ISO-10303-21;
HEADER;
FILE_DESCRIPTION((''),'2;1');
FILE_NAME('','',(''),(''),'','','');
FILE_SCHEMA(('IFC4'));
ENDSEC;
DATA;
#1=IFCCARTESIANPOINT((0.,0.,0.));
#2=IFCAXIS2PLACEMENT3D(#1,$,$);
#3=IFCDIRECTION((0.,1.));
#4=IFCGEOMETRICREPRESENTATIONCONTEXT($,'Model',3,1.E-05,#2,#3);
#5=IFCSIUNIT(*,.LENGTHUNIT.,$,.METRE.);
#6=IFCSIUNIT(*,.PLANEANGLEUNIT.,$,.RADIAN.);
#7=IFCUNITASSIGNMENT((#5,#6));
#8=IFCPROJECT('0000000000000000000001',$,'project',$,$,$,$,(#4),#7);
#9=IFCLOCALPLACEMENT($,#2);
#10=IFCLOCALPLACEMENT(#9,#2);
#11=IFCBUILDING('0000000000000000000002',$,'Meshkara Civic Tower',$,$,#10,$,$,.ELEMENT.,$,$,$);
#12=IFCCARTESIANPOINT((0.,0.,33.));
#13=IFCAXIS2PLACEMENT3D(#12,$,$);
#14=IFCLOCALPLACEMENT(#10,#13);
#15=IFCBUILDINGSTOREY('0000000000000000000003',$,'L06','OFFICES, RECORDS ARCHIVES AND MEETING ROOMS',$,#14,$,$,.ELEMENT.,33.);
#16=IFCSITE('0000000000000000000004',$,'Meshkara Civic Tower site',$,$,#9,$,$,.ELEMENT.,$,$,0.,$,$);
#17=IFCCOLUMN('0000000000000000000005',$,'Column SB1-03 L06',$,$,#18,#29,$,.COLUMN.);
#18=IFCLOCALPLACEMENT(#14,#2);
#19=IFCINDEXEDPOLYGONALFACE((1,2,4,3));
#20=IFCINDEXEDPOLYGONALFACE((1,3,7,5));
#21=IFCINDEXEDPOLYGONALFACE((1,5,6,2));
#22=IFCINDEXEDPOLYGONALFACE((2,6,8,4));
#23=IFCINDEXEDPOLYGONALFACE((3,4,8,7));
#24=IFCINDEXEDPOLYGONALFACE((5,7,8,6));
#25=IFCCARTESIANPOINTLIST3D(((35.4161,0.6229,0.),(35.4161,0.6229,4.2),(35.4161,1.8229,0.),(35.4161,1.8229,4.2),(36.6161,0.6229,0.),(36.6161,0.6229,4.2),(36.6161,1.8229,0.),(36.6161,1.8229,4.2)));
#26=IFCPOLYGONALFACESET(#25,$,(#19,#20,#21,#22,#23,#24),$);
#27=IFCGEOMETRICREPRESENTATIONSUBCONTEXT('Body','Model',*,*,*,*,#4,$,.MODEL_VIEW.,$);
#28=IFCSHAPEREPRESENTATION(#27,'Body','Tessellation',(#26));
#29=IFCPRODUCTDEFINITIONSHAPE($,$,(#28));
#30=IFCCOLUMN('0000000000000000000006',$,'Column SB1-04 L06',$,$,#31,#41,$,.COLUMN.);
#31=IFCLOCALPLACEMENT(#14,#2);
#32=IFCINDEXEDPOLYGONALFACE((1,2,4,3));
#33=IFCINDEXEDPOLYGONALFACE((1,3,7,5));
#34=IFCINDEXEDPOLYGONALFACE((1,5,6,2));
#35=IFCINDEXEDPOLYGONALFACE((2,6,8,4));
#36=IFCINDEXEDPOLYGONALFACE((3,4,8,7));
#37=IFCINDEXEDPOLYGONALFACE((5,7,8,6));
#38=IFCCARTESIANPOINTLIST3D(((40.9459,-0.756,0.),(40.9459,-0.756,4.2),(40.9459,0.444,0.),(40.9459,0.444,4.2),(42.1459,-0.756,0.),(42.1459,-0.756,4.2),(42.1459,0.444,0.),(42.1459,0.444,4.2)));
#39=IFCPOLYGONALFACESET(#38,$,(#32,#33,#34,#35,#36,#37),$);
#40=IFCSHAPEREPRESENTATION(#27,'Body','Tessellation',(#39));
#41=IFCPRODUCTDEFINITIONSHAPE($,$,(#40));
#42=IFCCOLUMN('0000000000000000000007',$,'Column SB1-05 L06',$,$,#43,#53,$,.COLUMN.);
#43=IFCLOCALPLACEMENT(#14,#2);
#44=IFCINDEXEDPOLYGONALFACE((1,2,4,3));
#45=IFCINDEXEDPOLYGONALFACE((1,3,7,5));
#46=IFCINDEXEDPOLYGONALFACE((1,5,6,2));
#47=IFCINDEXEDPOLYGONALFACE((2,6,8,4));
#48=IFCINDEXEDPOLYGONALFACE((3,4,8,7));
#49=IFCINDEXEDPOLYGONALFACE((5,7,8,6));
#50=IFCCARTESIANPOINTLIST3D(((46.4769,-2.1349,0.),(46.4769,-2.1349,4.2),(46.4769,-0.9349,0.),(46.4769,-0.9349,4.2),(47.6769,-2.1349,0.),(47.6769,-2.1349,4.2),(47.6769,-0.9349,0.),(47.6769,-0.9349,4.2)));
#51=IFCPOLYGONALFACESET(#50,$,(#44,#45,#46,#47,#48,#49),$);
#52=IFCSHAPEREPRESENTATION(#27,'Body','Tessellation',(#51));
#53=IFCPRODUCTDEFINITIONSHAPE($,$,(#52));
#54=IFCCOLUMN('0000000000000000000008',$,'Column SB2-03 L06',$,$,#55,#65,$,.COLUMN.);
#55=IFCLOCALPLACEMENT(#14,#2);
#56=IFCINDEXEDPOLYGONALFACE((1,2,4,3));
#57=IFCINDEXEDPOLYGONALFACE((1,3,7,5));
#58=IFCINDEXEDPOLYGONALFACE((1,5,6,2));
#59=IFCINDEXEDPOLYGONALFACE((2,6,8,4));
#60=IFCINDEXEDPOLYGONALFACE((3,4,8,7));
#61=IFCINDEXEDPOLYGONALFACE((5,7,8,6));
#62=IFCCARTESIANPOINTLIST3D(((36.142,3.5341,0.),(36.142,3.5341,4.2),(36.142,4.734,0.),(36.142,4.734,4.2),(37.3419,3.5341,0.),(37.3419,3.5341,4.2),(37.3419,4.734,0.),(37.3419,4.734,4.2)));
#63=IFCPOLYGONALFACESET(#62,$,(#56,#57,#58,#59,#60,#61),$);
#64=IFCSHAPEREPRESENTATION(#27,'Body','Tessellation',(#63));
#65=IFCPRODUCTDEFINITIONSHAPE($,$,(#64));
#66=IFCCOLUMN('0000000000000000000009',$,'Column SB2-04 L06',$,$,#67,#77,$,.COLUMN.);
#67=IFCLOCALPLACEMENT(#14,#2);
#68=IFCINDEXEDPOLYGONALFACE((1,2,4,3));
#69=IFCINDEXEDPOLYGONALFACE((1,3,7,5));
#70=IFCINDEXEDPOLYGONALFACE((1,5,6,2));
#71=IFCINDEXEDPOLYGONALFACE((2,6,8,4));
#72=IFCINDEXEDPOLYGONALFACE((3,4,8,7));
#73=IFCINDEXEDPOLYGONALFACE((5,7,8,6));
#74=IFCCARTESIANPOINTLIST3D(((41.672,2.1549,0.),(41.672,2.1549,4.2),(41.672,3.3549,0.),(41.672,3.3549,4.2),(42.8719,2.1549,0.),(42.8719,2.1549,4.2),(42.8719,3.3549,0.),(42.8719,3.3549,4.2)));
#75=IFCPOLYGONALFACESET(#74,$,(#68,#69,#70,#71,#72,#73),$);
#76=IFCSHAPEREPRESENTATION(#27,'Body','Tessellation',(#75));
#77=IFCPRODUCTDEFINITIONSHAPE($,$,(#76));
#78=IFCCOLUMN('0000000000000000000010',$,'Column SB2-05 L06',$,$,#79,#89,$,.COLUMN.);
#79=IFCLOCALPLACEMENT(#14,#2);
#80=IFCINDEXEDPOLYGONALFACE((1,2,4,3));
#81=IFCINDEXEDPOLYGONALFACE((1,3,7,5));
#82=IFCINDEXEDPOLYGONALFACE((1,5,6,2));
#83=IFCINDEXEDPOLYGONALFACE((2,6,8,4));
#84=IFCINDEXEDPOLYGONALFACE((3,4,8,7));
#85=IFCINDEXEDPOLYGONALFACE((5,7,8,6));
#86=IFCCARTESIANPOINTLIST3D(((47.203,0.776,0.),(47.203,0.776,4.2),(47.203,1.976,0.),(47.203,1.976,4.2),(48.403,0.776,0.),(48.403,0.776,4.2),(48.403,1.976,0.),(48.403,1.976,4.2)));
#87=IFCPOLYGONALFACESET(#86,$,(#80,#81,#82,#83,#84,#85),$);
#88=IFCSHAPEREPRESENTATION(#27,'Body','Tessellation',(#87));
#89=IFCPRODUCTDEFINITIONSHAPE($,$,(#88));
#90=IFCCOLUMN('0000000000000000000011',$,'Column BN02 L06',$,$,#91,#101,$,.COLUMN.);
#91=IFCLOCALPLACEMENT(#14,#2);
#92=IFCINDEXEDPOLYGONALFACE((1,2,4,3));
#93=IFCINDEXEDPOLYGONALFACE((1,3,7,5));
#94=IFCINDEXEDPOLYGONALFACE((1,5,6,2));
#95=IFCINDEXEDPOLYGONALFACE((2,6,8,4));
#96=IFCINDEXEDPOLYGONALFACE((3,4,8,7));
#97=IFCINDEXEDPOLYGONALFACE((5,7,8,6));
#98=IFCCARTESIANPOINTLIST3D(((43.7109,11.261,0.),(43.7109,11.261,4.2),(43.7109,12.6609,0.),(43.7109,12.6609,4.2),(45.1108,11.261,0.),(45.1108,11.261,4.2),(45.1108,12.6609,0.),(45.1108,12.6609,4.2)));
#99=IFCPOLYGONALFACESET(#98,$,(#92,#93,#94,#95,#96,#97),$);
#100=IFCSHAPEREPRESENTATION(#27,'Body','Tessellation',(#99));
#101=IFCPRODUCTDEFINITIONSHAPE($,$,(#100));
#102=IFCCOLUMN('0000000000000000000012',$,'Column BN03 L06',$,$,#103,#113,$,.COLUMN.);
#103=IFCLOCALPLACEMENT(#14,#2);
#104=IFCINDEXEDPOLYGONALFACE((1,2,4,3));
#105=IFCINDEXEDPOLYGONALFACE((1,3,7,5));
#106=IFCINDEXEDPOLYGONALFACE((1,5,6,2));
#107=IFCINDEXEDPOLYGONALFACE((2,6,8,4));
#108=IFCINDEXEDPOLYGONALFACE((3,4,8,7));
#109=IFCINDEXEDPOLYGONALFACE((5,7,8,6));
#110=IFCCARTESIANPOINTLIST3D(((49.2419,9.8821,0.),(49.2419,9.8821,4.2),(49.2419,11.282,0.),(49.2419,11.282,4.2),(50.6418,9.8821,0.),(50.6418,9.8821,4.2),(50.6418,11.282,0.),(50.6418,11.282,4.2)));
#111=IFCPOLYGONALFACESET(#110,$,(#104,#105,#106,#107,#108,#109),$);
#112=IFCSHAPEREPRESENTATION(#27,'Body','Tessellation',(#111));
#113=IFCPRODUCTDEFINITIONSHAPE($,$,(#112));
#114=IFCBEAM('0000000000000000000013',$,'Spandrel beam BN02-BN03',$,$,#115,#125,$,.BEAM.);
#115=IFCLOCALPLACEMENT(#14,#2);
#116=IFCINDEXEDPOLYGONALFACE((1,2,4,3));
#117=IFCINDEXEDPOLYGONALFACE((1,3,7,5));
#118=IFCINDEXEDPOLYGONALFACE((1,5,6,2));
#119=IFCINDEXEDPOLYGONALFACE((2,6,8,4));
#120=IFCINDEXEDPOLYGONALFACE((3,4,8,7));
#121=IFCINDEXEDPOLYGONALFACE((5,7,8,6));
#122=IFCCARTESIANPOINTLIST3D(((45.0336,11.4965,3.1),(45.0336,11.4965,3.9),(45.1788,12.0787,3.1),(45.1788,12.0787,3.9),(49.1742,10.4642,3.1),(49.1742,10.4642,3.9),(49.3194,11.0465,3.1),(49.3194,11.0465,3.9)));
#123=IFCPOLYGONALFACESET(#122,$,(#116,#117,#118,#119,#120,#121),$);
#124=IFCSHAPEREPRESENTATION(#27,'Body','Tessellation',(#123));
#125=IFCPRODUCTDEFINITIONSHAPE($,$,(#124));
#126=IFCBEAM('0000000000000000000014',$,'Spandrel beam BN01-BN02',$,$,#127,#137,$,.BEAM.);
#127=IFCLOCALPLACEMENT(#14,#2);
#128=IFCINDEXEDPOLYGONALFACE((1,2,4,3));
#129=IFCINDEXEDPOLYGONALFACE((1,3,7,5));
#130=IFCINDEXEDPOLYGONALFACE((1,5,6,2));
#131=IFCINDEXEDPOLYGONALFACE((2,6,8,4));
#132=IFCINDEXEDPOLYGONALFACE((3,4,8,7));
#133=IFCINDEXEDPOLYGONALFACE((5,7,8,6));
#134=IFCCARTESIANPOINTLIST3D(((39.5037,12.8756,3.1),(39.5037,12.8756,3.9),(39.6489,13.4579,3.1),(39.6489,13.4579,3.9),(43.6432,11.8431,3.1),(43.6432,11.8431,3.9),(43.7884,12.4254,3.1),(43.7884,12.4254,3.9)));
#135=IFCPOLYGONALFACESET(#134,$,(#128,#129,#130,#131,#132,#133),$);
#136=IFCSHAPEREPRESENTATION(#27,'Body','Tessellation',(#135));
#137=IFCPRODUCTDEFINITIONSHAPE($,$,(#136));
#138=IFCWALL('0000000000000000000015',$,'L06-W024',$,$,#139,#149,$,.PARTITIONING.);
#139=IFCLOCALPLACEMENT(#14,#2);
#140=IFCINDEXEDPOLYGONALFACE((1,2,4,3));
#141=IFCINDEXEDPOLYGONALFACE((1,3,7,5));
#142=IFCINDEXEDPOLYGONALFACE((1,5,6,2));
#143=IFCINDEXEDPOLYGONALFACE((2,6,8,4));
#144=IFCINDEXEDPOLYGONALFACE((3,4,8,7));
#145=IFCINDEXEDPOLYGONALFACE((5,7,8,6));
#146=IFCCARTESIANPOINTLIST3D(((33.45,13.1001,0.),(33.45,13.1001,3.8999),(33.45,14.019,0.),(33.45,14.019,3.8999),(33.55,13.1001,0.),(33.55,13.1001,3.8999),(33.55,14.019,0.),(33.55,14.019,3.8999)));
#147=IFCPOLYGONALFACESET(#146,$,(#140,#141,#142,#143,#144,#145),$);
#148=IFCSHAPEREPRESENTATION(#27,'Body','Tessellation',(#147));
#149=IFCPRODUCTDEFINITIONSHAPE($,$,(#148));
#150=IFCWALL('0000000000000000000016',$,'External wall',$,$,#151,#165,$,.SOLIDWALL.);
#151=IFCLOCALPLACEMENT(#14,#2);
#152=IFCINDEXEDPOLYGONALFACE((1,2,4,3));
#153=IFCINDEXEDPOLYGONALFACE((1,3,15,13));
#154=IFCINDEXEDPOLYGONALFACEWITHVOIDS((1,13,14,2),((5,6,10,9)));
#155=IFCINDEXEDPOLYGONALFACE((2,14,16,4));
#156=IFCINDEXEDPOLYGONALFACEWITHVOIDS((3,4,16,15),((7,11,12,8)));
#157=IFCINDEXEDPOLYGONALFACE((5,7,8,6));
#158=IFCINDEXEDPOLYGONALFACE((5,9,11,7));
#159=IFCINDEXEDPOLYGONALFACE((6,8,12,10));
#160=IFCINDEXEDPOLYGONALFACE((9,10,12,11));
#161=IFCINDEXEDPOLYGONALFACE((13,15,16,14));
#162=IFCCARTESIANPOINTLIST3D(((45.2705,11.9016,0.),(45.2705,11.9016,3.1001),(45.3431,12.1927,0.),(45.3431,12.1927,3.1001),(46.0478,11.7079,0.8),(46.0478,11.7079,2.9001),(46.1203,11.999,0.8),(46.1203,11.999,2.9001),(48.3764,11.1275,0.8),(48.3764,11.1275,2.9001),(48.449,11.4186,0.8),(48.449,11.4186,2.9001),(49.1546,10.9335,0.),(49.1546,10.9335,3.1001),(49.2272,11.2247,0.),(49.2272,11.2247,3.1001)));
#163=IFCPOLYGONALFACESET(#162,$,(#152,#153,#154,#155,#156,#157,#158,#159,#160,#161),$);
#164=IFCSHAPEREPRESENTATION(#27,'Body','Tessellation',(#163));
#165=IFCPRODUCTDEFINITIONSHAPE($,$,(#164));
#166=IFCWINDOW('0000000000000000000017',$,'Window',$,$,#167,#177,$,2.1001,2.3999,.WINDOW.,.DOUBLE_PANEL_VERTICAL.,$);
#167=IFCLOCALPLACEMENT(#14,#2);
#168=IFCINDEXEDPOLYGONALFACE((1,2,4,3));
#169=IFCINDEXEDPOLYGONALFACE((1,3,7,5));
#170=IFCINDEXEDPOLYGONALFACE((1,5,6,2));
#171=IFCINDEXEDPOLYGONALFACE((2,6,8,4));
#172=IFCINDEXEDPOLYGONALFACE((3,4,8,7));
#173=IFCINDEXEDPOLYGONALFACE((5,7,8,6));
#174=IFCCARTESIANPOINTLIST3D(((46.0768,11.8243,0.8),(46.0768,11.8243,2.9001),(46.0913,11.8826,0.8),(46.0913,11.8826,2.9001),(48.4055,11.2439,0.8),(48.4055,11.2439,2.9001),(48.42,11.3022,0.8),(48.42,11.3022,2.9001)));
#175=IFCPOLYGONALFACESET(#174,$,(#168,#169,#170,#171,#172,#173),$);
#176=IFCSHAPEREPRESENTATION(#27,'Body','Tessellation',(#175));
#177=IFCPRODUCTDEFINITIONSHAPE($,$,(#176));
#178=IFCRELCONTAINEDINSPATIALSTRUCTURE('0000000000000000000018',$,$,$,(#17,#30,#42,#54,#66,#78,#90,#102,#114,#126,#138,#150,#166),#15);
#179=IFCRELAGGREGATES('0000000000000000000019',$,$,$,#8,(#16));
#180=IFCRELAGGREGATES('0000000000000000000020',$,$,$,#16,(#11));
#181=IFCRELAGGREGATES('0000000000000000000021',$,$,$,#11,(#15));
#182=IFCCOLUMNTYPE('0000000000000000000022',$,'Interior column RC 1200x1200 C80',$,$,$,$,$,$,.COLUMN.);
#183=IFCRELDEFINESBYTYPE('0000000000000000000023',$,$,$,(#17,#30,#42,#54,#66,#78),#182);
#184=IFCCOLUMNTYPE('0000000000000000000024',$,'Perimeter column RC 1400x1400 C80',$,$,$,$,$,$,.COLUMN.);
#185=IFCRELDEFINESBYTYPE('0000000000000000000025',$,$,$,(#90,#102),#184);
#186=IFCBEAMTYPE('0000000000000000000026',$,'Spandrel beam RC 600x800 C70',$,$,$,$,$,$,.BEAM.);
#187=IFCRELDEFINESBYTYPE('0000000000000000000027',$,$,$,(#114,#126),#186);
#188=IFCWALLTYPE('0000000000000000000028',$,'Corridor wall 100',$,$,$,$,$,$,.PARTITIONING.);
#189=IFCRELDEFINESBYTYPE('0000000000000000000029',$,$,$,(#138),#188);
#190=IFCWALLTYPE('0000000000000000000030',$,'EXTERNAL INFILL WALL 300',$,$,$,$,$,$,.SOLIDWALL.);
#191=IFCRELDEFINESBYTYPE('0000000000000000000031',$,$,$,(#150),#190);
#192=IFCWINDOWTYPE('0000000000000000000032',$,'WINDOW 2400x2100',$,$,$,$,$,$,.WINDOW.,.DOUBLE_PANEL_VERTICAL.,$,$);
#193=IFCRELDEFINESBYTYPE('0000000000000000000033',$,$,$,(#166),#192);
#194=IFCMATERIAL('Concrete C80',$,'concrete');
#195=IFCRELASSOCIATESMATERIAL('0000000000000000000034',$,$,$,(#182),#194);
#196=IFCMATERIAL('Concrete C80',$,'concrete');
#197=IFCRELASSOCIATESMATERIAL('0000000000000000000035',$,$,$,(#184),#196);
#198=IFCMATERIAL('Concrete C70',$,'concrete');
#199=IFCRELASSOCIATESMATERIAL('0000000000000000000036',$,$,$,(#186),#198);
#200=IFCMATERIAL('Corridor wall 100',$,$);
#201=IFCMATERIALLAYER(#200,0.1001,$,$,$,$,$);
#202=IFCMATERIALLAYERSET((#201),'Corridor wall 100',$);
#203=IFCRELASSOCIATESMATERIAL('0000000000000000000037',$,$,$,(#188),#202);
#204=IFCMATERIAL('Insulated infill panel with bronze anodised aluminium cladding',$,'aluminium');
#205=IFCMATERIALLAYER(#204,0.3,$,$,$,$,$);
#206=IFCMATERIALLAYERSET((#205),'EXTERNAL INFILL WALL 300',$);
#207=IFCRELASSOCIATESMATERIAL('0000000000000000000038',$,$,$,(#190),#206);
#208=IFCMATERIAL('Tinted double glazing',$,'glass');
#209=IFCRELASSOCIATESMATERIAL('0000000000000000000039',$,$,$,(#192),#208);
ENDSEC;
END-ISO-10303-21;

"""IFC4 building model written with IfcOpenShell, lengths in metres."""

from ifc_helpers import new_model, si_unit, direction, frame, frame_2d, origin, origin_2d, place, context, subcontext, project, spatial, rectangle, extrude, material, layer, layer_set, material_profile, profile_set, type_object, element, fill, save


model = new_model("IFC4")

# Units and contexts
model_context = context("Model", 3, precision=1e-05, world=origin(), true_north=direction((0.0, 1.0)))
body_context = subcontext(model_context, "Body", "Model", "MODEL_VIEW")
ifc_project = project(units=[si_unit("LENGTHUNIT", "METRE"), si_unit("PLANEANGLEUNIT", "RADIAN")], contexts=[model_context])

# Site, building, storey
site_placement = place(None, origin())
site = spatial("IfcSite", under=ifc_project, at=site_placement, Name="Meshkara Civic Tower site", CompositionType="ELEMENT", RefElevation=0.0)
building_placement = place(site_placement, origin())
building = spatial("IfcBuilding", under=site, at=building_placement, Name="Meshkara Civic Tower", CompositionType="ELEMENT")
storey_placement = place(building_placement, frame((0.0, 0.0, 33.0)))
storey = spatial("IfcBuildingStorey", under=building, at=storey_placement, Name="L06", Description="OFFICES, RECORDS ARCHIVES AND MEETING ROOMS", CompositionType="ELEMENT", Elevation=33.0)

# Columns
ifc_material_1 = material(Name="Concrete C80", Category="concrete")
ifc_material_profile_1 = material_profile(ifc_material_1, rectangle(XDim=1.2, YDim=1.2, at=origin_2d()))
ifc_profile_set_1 = profile_set([ifc_material_profile_1], Name="Concrete C80")
column_type_1 = type_object("IfcColumnType", Name="Interior column RC 1200x1200 C80", PredefinedType="COLUMN", material=ifc_profile_set_1)
for number, where, z_axis, x_axis, name in (
    (1, (36.0161, 1.2229, 0.0), (0.0, 0.0, 1.0), (1.0, 0.0, 0.0), "Column SB1-03 L06"),
    (2, (41.5459, -0.156, 0.0), (0.0, 0.0, 1.0), (1.0, 0.0, 0.0), "Column SB1-04 L06"),
    (3, (47.0769, -1.5349, 0.0), (0.0, 0.0, 1.0), (1.0, 0.0, 0.0), "Column SB1-05 L06"),
    (4, (36.7419, 4.134, 0.0), (0.0, 0.0, 1.0), (1.0, 0.0, 0.0), "Column SB2-03 L06"),
    (5, (42.272, 2.7549, 0.0), (0.0, 0.0, 1.0), (1.0, 0.0, 0.0), "Column SB2-04 L06"),
    (6, (47.803, 1.376, 0.0), (0.0, 0.0, 1.0), (1.0, 0.0, 0.0), "Column SB2-05 L06"),
):
    element("IfcColumn", number, at=place(storey_placement, frame(where, z_axis=z_axis, x_axis=x_axis)), inside=storey, type_object=column_type_1, Name=name, PredefinedType="COLUMN", context=body_context, shape_type="SweptSolid", body=[
        extrude(rectangle(XDim=1.2, YDim=1.2, at=origin_2d()), origin(), (0.0, 0.0, 1.0), 4.2),
    ])
ifc_material_2 = material(Name="Concrete C80", Category="concrete")
ifc_material_profile_2 = material_profile(ifc_material_2, rectangle(XDim=1.3999, YDim=1.3999, at=origin_2d()))
ifc_profile_set_2 = profile_set([ifc_material_profile_2], Name="Concrete C80")
column_type_2 = type_object("IfcColumnType", Name="Perimeter column RC 1400x1400 C80", PredefinedType="COLUMN", material=ifc_profile_set_2)
for number, where, z_axis, x_axis, name in (
    (7, (44.4109, 11.9609, 0.0), (0.0, 0.0, 1.0), (1.0, 0.0, 0.0), "Column BN02 L06"),
    (8, (49.9419, 10.582, 0.0), (0.0, 0.0, 1.0), (1.0, 0.0, 0.0), "Column BN03 L06"),
):
    element("IfcColumn", number, at=place(storey_placement, frame(where, z_axis=z_axis, x_axis=x_axis)), inside=storey, type_object=column_type_2, Name=name, PredefinedType="COLUMN", context=body_context, shape_type="SweptSolid", body=[
        extrude(rectangle(XDim=1.3999, YDim=1.3999, at=origin_2d()), origin(), (0.0, 0.0, 1.0), 4.2),
    ])

# Beams
ifc_material_3 = material(Name="Concrete C70", Category="concrete")
ifc_material_profile_3 = material_profile(ifc_material_3, rectangle(XDim=0.6001, YDim=0.8, at=origin_2d()))
ifc_profile_set_3 = profile_set([ifc_material_profile_3], Name="Concrete C70")
beam_type = type_object("IfcBeamType", Name="Spandrel beam RC 600x800 C70", PredefinedType="BEAM", material=ifc_profile_set_3)
beam_1_placement = place(storey_placement, frame((49.2468, 10.7554, 3.5), z_axis=(-0.970304, 0.241889, 0.0), x_axis=(-0.241889, -0.970304, 0.0)))
element("IfcBeam", 9, at=beam_1_placement, inside=storey, type_object=beam_type, Name="Spandrel beam BN02-BN03", PredefinedType="BEAM", context=body_context, shape_type="SweptSolid", body=[
    extrude(rectangle(XDim=0.6001, YDim=0.8, at=origin_2d()), origin(), (0.0, 0.0, 1.0), 4.2673),
])
beam_2_placement = place(storey_placement, frame((43.7158, 12.1343, 3.5), z_axis=(-0.970277, 0.241997, 0.0), x_axis=(-0.241997, -0.970277, 0.0)))
element("IfcBeam", 10, at=beam_2_placement, inside=storey, type_object=beam_type, Name="Spandrel beam BN01-BN02", PredefinedType="BEAM", context=body_context, shape_type="SweptSolid", body=[
    extrude(rectangle(XDim=0.6001, YDim=0.8, at=origin_2d()), origin(), (0.0, 0.0, 1.0), 4.2664),
])

# Wall
ifc_material_4 = material(Name="Corridor wall 100")
ifc_layer_1 = layer(ifc_material_4, 0.1001)
ifc_layer_set_1 = layer_set([ifc_layer_1], Name="Corridor wall 100")
wall_type_1 = type_object("IfcWallType", Name="Corridor wall 100", PredefinedType="PARTITIONING", material=ifc_layer_set_1)
wall_1_placement = place(storey_placement, frame((33.5, 13.1001, 0.0), z_axis=(0.0, 0.0, 1.0), x_axis=(0.0, 1.0, 0.0)))
element("IfcWall", 11, at=wall_1_placement, inside=storey, type_object=wall_type_1, Name="L06-W024", PredefinedType="PARTITIONING", context=body_context, shape_type="SweptSolid", body=[
    extrude(rectangle(XDim=0.9189, YDim=0.1001, at=frame_2d((0.4595, 0.0))), origin(), (0.0, 0.0, 1.0), 3.8999),
])

# Wall, opening, window
ifc_material_5 = material(Name="Insulated infill panel with bronze anodised aluminium cladding", Category="aluminium")
ifc_layer_2 = layer(ifc_material_5, 0.3)
ifc_layer_set_2 = layer_set([ifc_layer_2], Name="EXTERNAL INFILL WALL 300")
wall_type_2 = type_object("IfcWallType", Name="EXTERNAL INFILL WALL 300", PredefinedType="SOLIDWALL", material=ifc_layer_set_2)
wall_2_placement = place(storey_placement, frame((49.1909, 11.0791, 0.0), z_axis=(0.0, 0.0, 1.0), x_axis=(-0.970318, 0.241832, 0.0)))
wall_2 = element("IfcWall", 12, at=wall_2_placement, inside=storey, type_object=wall_type_2, Name="External wall", PredefinedType="SOLIDWALL", context=body_context, shape_type="SweptSolid", body=[
    extrude(rectangle(XDim=4.0029, YDim=0.3, at=frame_2d((2.0015, 0.0))), origin(), (0.0, 0.0, 1.0), 3.1001),
])
opening_1_placement = place(wall_2_placement, frame((0.802, 0.0, 0.8)))
opening_1 = element("IfcOpeningElement", 13, at=opening_1_placement, cuts=wall_2, PredefinedType="OPENING", context=body_context, shape_type="SweptSolid", body=[
    extrude(rectangle(XDim=2.3999, YDim=2.1001, at=frame_2d((1.2, 1.05))), frame((0.0, 0.1599, 0.0), z_axis=(0.0, -1.0, 0.0), x_axis=(1.0, 0.0, 0.0)), (0.0, 0.0, 1.0), 0.3201),
])
ifc_material_6 = material(Name="Tinted double glazing", Category="glass")
window_type = type_object("IfcWindowType", Name="WINDOW 2400x2100", PartitioningType="DOUBLE_PANEL_VERTICAL", PredefinedType="WINDOW", material=ifc_material_6)
window_1_placement = place(opening_1_placement, origin())
window_1 = element("IfcWindow", 14, at=window_1_placement, inside=storey, type_object=window_type, Name="Window", OverallHeight=2.1001, OverallWidth=2.3999, PartitioningType="DOUBLE_PANEL_VERTICAL", PredefinedType="WINDOW", context=body_context, shape_type="SweptSolid", body=[
    extrude(rectangle(XDim=2.3999, YDim=2.1001, at=frame_2d((1.2, 1.05))), frame((0.0, 0.03, 0.0), z_axis=(0.0, -1.0, 0.0), x_axis=(1.0, 0.0, 0.0)), (0.0, 0.0, 1.0), 0.0601),
])
fill(opening_1, window_1)

save(model, "model.ifc")
